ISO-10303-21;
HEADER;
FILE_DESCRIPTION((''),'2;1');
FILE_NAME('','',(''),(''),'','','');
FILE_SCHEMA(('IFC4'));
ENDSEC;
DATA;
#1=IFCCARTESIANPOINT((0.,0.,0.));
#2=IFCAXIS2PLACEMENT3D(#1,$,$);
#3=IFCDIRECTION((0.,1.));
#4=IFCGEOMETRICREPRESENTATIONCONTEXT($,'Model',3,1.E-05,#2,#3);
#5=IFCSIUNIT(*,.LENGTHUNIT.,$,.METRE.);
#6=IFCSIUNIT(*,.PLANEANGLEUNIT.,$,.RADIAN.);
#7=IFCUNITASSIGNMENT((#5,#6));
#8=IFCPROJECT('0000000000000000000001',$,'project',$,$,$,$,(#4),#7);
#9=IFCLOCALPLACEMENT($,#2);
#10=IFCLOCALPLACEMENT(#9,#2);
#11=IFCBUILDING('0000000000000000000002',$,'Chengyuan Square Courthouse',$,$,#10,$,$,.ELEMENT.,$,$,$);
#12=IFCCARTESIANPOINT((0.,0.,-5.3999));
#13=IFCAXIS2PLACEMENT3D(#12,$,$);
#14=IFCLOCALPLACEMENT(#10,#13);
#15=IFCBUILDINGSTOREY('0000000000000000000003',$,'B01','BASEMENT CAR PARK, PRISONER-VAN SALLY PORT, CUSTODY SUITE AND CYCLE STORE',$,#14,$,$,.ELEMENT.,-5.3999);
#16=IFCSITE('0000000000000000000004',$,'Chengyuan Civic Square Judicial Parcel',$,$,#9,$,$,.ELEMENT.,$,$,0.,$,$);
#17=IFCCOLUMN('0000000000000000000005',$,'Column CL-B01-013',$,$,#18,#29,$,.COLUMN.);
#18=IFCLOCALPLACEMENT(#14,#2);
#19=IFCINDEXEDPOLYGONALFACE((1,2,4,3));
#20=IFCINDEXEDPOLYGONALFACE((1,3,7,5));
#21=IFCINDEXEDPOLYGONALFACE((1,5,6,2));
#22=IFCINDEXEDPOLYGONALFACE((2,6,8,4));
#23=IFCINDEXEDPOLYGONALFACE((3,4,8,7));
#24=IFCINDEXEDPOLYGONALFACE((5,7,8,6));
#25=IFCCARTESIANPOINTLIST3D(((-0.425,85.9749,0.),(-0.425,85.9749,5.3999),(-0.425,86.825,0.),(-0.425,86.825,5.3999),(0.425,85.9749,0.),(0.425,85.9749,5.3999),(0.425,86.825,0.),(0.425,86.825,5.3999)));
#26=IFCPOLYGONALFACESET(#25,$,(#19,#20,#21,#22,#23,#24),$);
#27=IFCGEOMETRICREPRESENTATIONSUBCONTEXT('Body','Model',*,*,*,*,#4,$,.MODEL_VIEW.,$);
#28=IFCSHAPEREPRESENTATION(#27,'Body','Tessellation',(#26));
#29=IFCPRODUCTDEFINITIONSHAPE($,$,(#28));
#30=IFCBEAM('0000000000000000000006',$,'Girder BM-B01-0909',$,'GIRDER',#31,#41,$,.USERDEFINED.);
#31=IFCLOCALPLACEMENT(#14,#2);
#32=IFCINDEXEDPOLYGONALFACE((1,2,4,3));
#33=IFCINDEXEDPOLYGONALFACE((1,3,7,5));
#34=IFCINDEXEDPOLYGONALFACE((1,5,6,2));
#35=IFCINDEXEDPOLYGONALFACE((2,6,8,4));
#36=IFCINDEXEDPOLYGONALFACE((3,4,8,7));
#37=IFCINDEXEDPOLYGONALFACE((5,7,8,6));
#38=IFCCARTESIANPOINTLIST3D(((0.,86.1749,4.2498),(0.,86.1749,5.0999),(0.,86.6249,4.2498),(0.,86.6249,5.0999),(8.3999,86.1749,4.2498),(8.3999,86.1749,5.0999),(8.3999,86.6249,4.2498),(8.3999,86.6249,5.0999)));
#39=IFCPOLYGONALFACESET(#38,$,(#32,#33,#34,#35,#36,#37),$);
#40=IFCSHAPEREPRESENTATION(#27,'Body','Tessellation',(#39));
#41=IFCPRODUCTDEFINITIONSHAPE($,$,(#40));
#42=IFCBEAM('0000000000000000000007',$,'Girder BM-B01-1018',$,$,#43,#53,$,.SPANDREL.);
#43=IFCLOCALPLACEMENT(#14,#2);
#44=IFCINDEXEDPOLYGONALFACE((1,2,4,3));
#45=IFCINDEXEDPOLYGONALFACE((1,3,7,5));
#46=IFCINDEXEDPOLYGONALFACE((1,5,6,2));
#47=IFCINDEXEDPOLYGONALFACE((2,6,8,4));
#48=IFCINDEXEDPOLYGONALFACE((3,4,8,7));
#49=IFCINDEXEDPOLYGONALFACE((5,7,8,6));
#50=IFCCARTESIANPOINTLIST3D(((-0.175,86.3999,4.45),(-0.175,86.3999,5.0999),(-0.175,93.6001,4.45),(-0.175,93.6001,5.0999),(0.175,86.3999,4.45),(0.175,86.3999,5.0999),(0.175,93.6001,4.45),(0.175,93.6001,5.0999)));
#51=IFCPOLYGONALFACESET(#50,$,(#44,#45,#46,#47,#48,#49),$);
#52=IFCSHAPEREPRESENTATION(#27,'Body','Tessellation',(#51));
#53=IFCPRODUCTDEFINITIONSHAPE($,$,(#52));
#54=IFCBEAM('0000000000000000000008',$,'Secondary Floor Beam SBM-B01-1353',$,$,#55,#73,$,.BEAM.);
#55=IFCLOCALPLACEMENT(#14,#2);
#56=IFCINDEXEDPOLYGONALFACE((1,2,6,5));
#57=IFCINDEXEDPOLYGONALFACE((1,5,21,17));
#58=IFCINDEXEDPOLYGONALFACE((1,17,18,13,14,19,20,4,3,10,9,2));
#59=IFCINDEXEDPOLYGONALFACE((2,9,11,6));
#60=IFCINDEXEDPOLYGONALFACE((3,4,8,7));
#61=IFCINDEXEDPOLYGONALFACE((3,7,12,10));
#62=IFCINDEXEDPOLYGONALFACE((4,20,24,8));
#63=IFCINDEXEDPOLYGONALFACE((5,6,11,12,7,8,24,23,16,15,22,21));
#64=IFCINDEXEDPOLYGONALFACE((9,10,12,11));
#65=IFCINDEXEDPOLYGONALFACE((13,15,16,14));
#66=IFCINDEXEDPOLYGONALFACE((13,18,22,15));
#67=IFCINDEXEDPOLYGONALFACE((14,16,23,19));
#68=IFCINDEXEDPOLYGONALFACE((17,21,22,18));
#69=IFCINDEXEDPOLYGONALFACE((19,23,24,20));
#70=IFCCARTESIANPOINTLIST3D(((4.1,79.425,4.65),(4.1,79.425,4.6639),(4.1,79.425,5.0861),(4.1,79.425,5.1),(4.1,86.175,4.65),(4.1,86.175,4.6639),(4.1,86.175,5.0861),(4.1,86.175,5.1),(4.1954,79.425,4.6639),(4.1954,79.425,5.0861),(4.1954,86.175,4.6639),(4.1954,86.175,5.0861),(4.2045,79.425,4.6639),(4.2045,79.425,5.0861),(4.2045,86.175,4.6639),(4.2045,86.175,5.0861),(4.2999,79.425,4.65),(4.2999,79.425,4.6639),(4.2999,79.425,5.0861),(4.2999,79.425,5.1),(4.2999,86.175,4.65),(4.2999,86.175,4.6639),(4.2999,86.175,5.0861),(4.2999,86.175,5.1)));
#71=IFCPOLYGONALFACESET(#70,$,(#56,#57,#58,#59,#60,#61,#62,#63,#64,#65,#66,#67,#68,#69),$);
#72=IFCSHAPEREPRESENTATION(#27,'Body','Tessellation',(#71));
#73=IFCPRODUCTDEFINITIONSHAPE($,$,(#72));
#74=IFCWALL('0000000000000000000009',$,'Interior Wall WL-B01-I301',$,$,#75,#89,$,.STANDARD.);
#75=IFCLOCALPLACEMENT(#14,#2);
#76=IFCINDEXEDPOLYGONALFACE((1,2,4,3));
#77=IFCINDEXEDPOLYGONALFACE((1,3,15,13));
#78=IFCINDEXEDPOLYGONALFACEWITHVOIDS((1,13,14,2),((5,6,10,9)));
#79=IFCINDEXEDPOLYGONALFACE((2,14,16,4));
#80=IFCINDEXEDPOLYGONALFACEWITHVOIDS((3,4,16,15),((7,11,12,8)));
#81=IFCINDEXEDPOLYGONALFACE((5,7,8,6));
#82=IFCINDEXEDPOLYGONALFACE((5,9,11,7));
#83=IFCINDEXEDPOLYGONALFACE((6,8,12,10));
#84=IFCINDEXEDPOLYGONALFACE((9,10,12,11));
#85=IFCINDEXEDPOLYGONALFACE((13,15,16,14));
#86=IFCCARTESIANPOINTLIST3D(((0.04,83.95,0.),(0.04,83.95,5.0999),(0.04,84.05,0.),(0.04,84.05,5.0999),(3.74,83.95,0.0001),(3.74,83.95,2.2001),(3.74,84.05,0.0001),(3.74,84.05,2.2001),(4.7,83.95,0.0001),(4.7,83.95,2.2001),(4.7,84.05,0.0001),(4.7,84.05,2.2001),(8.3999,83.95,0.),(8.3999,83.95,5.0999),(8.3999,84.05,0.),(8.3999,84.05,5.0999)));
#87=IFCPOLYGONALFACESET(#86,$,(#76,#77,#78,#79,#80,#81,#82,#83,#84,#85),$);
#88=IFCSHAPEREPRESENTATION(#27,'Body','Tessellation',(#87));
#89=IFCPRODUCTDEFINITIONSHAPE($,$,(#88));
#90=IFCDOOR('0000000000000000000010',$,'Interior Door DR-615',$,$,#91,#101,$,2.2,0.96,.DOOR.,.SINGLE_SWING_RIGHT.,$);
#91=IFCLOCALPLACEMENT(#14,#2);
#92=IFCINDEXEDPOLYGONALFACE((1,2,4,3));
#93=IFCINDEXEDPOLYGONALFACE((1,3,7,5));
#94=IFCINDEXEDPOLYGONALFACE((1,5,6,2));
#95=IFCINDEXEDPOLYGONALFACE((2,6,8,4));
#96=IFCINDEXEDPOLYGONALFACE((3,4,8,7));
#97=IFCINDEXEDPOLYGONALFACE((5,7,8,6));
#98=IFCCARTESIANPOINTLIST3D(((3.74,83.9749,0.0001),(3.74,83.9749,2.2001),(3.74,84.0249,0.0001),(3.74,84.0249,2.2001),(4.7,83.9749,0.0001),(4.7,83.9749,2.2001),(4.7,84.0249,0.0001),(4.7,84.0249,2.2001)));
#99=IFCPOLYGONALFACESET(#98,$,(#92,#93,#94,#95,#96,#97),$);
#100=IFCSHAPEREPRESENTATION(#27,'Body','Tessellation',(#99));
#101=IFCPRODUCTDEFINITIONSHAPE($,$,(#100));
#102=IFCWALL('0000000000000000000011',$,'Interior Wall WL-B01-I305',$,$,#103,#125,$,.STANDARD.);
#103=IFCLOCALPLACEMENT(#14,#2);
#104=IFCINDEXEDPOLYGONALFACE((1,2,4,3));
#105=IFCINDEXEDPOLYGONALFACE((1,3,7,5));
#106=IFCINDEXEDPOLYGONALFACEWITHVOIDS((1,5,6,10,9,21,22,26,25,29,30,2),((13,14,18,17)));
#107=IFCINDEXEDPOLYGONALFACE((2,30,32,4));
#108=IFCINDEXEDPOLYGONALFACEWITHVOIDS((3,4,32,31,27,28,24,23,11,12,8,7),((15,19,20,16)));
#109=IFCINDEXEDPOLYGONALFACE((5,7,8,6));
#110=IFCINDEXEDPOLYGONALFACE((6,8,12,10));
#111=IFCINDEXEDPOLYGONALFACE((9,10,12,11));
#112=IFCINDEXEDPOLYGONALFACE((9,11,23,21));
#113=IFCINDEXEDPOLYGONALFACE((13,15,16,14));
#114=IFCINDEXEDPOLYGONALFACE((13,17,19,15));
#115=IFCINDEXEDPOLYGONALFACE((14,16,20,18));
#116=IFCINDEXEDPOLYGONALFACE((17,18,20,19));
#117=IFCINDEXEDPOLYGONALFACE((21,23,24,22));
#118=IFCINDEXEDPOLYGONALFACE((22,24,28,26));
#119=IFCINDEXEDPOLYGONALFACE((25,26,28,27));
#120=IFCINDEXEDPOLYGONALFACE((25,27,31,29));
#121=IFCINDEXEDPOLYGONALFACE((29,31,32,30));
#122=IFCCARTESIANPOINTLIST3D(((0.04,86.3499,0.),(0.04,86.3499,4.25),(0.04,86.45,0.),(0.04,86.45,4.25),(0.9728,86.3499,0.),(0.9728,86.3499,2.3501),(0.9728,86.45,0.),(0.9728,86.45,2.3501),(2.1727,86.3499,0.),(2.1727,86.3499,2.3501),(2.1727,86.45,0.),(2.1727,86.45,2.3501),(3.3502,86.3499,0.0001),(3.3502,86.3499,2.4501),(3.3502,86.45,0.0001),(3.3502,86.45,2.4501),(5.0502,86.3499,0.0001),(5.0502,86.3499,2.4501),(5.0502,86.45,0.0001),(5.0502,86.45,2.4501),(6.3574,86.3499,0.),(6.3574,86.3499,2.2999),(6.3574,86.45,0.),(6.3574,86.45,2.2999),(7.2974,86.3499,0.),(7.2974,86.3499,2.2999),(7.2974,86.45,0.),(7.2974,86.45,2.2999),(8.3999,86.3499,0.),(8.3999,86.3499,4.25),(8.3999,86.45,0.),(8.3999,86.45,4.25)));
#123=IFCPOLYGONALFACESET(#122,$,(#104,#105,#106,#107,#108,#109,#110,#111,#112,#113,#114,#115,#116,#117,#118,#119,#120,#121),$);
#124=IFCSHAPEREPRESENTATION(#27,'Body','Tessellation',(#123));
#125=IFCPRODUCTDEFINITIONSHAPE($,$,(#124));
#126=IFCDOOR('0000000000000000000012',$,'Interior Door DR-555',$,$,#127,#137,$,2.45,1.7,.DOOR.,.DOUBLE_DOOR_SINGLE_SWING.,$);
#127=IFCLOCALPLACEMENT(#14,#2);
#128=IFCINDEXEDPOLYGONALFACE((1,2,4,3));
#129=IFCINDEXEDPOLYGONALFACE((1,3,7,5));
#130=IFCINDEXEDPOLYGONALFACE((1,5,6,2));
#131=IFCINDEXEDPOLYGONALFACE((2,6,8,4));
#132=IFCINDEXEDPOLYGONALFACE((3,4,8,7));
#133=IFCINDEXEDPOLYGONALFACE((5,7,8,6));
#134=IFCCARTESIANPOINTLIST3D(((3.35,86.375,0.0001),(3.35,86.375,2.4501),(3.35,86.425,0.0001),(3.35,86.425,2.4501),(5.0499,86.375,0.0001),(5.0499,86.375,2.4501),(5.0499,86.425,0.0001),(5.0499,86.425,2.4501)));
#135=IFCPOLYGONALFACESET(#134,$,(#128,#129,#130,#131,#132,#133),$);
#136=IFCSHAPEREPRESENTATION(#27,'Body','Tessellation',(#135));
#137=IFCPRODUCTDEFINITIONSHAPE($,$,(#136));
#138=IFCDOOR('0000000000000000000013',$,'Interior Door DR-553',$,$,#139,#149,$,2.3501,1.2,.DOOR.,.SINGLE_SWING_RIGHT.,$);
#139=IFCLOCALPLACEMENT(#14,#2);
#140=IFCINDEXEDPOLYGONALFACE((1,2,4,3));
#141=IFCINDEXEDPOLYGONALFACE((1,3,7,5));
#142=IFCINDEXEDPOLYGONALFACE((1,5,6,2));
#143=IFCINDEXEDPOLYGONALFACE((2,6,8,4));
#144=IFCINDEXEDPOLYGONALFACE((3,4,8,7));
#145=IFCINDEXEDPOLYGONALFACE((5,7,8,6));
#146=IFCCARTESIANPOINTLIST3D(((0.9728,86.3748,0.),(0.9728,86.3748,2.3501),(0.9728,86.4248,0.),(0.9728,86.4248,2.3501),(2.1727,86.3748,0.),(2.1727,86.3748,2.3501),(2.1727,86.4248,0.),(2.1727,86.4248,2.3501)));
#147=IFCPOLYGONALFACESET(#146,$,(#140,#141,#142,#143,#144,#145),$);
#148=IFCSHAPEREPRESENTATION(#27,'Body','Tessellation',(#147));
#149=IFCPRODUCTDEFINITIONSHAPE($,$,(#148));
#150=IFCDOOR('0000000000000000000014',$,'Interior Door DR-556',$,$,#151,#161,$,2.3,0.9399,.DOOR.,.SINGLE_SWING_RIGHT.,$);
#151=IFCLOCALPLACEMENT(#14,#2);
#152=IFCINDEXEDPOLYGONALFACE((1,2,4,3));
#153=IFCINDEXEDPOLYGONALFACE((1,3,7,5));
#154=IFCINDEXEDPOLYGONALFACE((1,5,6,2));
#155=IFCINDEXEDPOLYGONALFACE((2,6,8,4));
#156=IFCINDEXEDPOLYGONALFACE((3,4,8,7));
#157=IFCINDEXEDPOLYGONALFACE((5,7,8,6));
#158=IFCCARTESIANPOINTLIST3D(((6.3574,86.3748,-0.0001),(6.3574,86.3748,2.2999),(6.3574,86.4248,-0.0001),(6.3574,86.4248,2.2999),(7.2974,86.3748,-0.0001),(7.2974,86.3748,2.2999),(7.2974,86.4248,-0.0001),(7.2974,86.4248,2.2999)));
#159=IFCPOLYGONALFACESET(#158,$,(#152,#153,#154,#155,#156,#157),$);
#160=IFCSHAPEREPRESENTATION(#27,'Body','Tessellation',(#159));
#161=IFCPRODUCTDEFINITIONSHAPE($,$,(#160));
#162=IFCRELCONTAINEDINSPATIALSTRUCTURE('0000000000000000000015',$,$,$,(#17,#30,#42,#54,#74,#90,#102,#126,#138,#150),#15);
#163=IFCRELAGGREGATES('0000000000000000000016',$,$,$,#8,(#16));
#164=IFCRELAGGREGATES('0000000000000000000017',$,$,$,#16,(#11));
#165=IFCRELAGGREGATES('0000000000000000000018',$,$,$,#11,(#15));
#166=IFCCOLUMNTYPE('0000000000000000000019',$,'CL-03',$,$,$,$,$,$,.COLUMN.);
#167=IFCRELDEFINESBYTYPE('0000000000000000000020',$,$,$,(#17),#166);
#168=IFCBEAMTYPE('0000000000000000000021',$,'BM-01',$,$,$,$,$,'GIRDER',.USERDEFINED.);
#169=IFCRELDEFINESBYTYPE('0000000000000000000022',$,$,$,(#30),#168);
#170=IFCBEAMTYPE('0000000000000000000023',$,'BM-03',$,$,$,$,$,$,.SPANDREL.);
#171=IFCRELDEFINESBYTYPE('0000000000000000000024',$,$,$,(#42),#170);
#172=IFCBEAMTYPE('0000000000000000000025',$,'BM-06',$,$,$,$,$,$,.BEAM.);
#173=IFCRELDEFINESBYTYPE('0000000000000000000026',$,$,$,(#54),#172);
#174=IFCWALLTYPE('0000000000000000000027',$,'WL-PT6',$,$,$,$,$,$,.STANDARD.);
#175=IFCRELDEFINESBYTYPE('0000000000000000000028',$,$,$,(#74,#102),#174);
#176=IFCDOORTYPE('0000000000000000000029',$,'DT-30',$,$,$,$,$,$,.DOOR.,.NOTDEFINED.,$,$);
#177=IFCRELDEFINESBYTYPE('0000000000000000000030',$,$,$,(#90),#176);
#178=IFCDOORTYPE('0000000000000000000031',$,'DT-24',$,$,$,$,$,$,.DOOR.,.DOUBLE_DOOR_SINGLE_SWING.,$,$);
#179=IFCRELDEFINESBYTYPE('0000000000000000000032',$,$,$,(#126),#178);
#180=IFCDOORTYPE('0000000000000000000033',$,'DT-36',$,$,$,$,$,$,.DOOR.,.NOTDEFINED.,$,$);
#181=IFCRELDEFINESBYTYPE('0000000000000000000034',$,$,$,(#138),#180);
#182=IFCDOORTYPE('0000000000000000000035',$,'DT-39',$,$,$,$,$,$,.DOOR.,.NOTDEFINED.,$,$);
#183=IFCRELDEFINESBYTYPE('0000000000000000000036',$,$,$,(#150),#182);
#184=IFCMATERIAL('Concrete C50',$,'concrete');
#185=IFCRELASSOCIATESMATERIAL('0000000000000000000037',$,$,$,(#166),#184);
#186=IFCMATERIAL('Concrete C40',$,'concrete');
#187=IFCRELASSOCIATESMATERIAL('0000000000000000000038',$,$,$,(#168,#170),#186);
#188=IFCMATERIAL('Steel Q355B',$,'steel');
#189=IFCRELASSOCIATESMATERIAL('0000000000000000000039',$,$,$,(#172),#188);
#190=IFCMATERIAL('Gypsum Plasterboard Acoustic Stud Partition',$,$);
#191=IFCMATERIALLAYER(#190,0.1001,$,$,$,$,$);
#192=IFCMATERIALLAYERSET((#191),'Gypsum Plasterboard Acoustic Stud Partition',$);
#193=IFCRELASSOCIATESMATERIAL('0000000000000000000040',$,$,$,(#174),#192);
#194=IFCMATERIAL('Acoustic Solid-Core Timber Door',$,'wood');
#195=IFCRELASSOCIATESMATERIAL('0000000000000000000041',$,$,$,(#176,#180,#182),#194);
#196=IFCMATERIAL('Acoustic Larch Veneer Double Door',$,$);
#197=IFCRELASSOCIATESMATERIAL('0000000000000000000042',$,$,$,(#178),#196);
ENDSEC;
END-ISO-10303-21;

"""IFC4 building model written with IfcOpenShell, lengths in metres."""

from ifc_helpers import new_model, si_unit, direction, frame, frame_2d, origin, origin_2d, place, context, subcontext, project, spatial, rectangle, i_section, extrude, material, layer, layer_set, material_profile, profile_set, type_object, element, fill, save


model = new_model("IFC4")

# Units and contexts
model_context = context("Model", 3, precision=1e-05, world=origin(), true_north=direction((0.0, 1.0)))
body_context = subcontext(model_context, "Body", "Model", "MODEL_VIEW")
ifc_project = project(units=[si_unit("LENGTHUNIT", "METRE"), si_unit("PLANEANGLEUNIT", "RADIAN")], contexts=[model_context])

# Site, building, storey
site_placement = place(None, origin())
site = spatial("IfcSite", under=ifc_project, at=site_placement, Name="Chengyuan Civic Square Judicial Parcel", CompositionType="ELEMENT", RefElevation=0.0)
building_placement = place(site_placement, origin())
building = spatial("IfcBuilding", under=site, at=building_placement, Name="Chengyuan Square Courthouse", CompositionType="ELEMENT")
storey_placement = place(building_placement, frame((0.0, 0.0, -5.3999)))
storey = spatial("IfcBuildingStorey", under=building, at=storey_placement, Name="B01", Description="BASEMENT CAR PARK, PRISONER-VAN SALLY PORT, CUSTODY SUITE AND CYCLE STORE", CompositionType="ELEMENT", Elevation=-5.3999)

# Column
ifc_material_1 = material(Name="Concrete C50", Category="concrete")
ifc_material_profile_1 = material_profile(ifc_material_1, rectangle(XDim=0.8501, YDim=0.8501, at=origin_2d()), Name="RC-COL-850x850")
ifc_profile_set_1 = profile_set([ifc_material_profile_1], Name="Concrete C50")
column_type = type_object("IfcColumnType", Name="CL-03", PredefinedType="COLUMN", material=ifc_profile_set_1)
column_placement = place(storey_placement, frame((0.0, 86.3999, 0.0), z_axis=(0.0, 0.0, 1.0), x_axis=(1.0, 0.0, 0.0)))
element("IfcColumn", 1, at=column_placement, inside=storey, type_object=column_type, Name="Column CL-B01-013", PredefinedType="COLUMN", context=body_context, shape_type="SweptSolid", body=[
    extrude(rectangle(XDim=0.8501, YDim=0.8501, at=origin_2d()), origin(), (0.0, 0.0, 1.0), 5.3999),
])

# Beams
ifc_material_2 = material(Name="Concrete C40", Category="concrete")
ifc_material_profile_2 = material_profile(ifc_material_2, rectangle(XDim=0.45, YDim=0.8501, at=origin_2d()), Name="RC-BM-450x850")
ifc_profile_set_2 = profile_set([ifc_material_profile_2], Name="Concrete C40")
beam_type_1 = type_object("IfcBeamType", Name="BM-01", ElementType="GIRDER", PredefinedType="USERDEFINED", material=ifc_profile_set_2)
beam_1_placement = place(storey_placement, frame((0.0, 86.3999, 4.6748), z_axis=(1.0, 0.0, 0.0), x_axis=(0.0, 1.0, 0.0)))
element("IfcBeam", 2, at=beam_1_placement, inside=storey, type_object=beam_type_1, Name="Girder BM-B01-0909", ObjectType="GIRDER", PredefinedType="USERDEFINED", context=body_context, shape_type="SweptSolid", body=[
    extrude(rectangle(XDim=0.45, YDim=0.8501, at=origin_2d()), origin(), (0.0, 0.0, 1.0), 8.3999),
])
ifc_material_profile_3 = material_profile(ifc_material_2, rectangle(XDim=0.3501, YDim=0.6499, at=origin_2d()), Name="RC-BM-350x650")
ifc_profile_set_3 = profile_set([ifc_material_profile_3], Name="Concrete C40")
beam_type_2 = type_object("IfcBeamType", Name="BM-03", PredefinedType="SPANDREL", material=ifc_profile_set_3)
beam_2_placement = place(storey_placement, frame((0.0, 86.3999, 4.7749), z_axis=(0.0, 1.0, 0.0), x_axis=(-1.0, 0.0, 0.0)))
element("IfcBeam", 3, at=beam_2_placement, inside=storey, type_object=beam_type_2, Name="Girder BM-B01-1018", PredefinedType="SPANDREL", context=body_context, shape_type="SweptSolid", body=[
    extrude(rectangle(XDim=0.3501, YDim=0.6499, at=origin_2d()), origin(), (0.0, 0.0, 1.0), 7.2002),
])
ifc_material_3 = material(Name="Steel Q355B", Category="steel")
ifc_material_profile_4 = material_profile(ifc_material_3, i_section(OverallWidth=0.2, OverallDepth=0.45, WebThickness=0.009, FlangeThickness=0.0139, at=origin_2d()), Name="HN 450x200x9x14")
ifc_profile_set_4 = profile_set([ifc_material_profile_4], Name="Steel Q355B")
beam_type_3 = type_object("IfcBeamType", Name="BM-06", PredefinedType="BEAM", material=ifc_profile_set_4)
beam_3_placement = place(storey_placement, frame((4.2, 79.425, 4.875), z_axis=(0.0, 1.0, 0.0), x_axis=(-1.0, 0.0, 0.0)))
element("IfcBeam", 4, at=beam_3_placement, inside=storey, type_object=beam_type_3, Name="Secondary Floor Beam SBM-B01-1353", PredefinedType="BEAM", context=body_context, shape_type="SweptSolid", body=[
    extrude(i_section(OverallWidth=0.2, OverallDepth=0.45, WebThickness=0.009, FlangeThickness=0.0139, at=origin_2d()), origin(), (0.0, 0.0, 1.0), 6.75),
])

# Wall, opening, door
ifc_material_4 = material(Name="Gypsum Plasterboard Acoustic Stud Partition")
ifc_layer_1 = layer(ifc_material_4, 0.1001)
ifc_layer_set_1 = layer_set([ifc_layer_1], Name="Gypsum Plasterboard Acoustic Stud Partition")
wall_type_1 = type_object("IfcWallType", Name="WL-PT6", PredefinedType="STANDARD", material=ifc_layer_set_1)
wall_1_placement = place(storey_placement, frame((0.04, 84.0, 0.0), z_axis=(0.0, 0.0, 1.0), x_axis=(1.0, 0.0, 0.0)))
wall_1 = element("IfcWall", 5, at=wall_1_placement, inside=storey, type_object=wall_type_1, Name="Interior Wall WL-B01-I301", PredefinedType="STANDARD", context=body_context, shape_type="SweptSolid", body=[
    extrude(rectangle(XDim=8.3599, YDim=0.1001, at=frame_2d((4.1799, 0.0))), origin(), (0.0, 0.0, 1.0), 5.0999),
])
opening_1_placement = place(wall_1_placement, frame((3.7, 0.0, 0.0)))
opening_1 = element("IfcOpeningElement", 6, at=opening_1_placement, cuts=wall_1, PredefinedType="OPENING", context=body_context, shape_type="SweptSolid", body=[
    extrude(rectangle(XDim=0.96, YDim=2.2, at=frame_2d((0.48, 1.1001))), frame((0.0, 0.062, 0.0), z_axis=(0.0, -1.0, 0.0), x_axis=(1.0, 0.0, 0.0)), (0.0, 0.0, 1.0), 0.124),
])
ifc_material_5 = material(Name="Acoustic Solid-Core Timber Door", Category="wood")
door_type_1 = type_object("IfcDoorType", Name="DT-30", OperationType="NOTDEFINED", PredefinedType="DOOR", material=ifc_material_5)
door_1_placement = place(opening_1_placement, origin())
door_1 = element("IfcDoor", 7, at=door_1_placement, inside=storey, type_object=door_type_1, Name="Interior Door DR-615", OperationType="SINGLE_SWING_RIGHT", OverallHeight=2.2, OverallWidth=0.96, PredefinedType="DOOR", context=body_context, shape_type="SweptSolid", body=[
    extrude(rectangle(XDim=0.96, YDim=2.2, at=frame_2d((0.48, 1.1001))), frame((0.0, 0.0249, 0.0), z_axis=(0.0, -1.0, 0.0), x_axis=(1.0, 0.0, 0.0)), (0.0, 0.0, 1.0), 0.05),
])
fill(opening_1, door_1)

# Wall, openings, doors
wall_2_placement = place(storey_placement, frame((0.04, 86.3999, 0.0), z_axis=(0.0, 0.0, 1.0), x_axis=(1.0, 0.0, 0.0)))
wall_2 = element("IfcWall", 8, at=wall_2_placement, inside=storey, type_object=wall_type_1, Name="Interior Wall WL-B01-I305", PredefinedType="STANDARD", context=body_context, shape_type="SweptSolid", body=[
    extrude(rectangle(XDim=8.3599, YDim=0.1001, at=frame_2d((4.1799, 0.0))), origin(), (0.0, 0.0, 1.0), 4.25),
])
opening_2_placement = place(wall_2_placement, frame((0.9326, 0.0, 0.0)))
opening_2 = element("IfcOpeningElement", 9, at=opening_2_placement, cuts=wall_2, PredefinedType="OPENING", context=body_context, shape_type="SweptSolid", body=[
    extrude(rectangle(XDim=1.2, YDim=2.3501, at=frame_2d((0.6001, 1.175))), frame((0.0, 0.062, 0.0), z_axis=(0.0, -1.0, 0.0), x_axis=(1.0, 0.0, 0.0)), (0.0, 0.0, 1.0), 0.124),
])
opening_3_placement = place(wall_2_placement, frame((3.3101, 0.0, 0.0)))
opening_3 = element("IfcOpeningElement", 10, at=opening_3_placement, cuts=wall_2, PredefinedType="OPENING", context=body_context, shape_type="SweptSolid", body=[
    extrude(rectangle(XDim=1.7, YDim=2.45, at=frame_2d((0.8501, 1.2251))), frame((0.0, 0.062, 0.0), z_axis=(0.0, -1.0, 0.0), x_axis=(1.0, 0.0, 0.0)), (0.0, 0.0, 1.0), 0.124),
])
opening_4_placement = place(wall_2_placement, frame((6.3174, 0.0, 0.0)))
opening_4 = element("IfcOpeningElement", 11, at=opening_4_placement, cuts=wall_2, PredefinedType="OPENING", context=body_context, shape_type="SweptSolid", body=[
    extrude(rectangle(XDim=0.9399, YDim=2.3, at=frame_2d((0.47, 1.1499))), frame((0.0, 0.062, 0.0), z_axis=(0.0, -1.0, 0.0), x_axis=(1.0, 0.0, 0.0)), (0.0, 0.0, 1.0), 0.124),
])
ifc_material_6 = material(Name="Acoustic Larch Veneer Double Door")
door_type_2 = type_object("IfcDoorType", Name="DT-24", OperationType="DOUBLE_DOOR_SINGLE_SWING", PredefinedType="DOOR", material=ifc_material_6)
door_2_placement = place(opening_3_placement, frame((1.7, 0.0, 0.0), z_axis=(0.0, 0.0, 1.0), x_axis=(-1.0, 0.0, 0.0)))
door_2 = element("IfcDoor", 12, at=door_2_placement, inside=storey, type_object=door_type_2, Name="Interior Door DR-555", OperationType="DOUBLE_DOOR_SINGLE_SWING", OverallHeight=2.45, OverallWidth=1.7, PredefinedType="DOOR", context=body_context, shape_type="SweptSolid", body=[
    extrude(rectangle(XDim=1.7, YDim=2.45, at=frame_2d((0.8501, 1.2251))), frame((0.0, 0.0249, 0.0), z_axis=(0.0, -1.0, 0.0), x_axis=(1.0, 0.0, 0.0)), (0.0, 0.0, 1.0), 0.05),
])
fill(opening_3, door_2)
door_type_3 = type_object("IfcDoorType", Name="DT-36", OperationType="NOTDEFINED", PredefinedType="DOOR", material=ifc_material_5)
door_3_placement = place(opening_2_placement, origin())
door_3 = element("IfcDoor", 13, at=door_3_placement, inside=storey, type_object=door_type_3, Name="Interior Door DR-553", OperationType="SINGLE_SWING_RIGHT", OverallHeight=2.3501, OverallWidth=1.2, PredefinedType="DOOR", context=body_context, shape_type="SweptSolid", body=[
    extrude(rectangle(XDim=1.2, YDim=2.3501, at=frame_2d((0.6001, 1.175))), frame((0.0, 0.0249, 0.0), z_axis=(0.0, -1.0, 0.0), x_axis=(1.0, 0.0, 0.0)), (0.0, 0.0, 1.0), 0.05),
])
fill(opening_2, door_3)
door_type_4 = type_object("IfcDoorType", Name="DT-39", OperationType="NOTDEFINED", PredefinedType="DOOR", material=ifc_material_5)
door_4_placement = place(opening_4_placement, origin())
door_4 = element("IfcDoor", 14, at=door_4_placement, inside=storey, type_object=door_type_4, Name="Interior Door DR-556", OperationType="SINGLE_SWING_RIGHT", OverallHeight=2.3, OverallWidth=0.9399, PredefinedType="DOOR", context=body_context, shape_type="SweptSolid", body=[
    extrude(rectangle(XDim=0.9399, YDim=2.3, at=frame_2d((0.47, 1.1499))), frame((0.0, 0.0249, 0.0), z_axis=(0.0, -1.0, 0.0), x_axis=(1.0, 0.0, 0.0)), (0.0, 0.0, 1.0), 0.05),
])
fill(opening_4, door_4)

save(model, "model.ifc")
